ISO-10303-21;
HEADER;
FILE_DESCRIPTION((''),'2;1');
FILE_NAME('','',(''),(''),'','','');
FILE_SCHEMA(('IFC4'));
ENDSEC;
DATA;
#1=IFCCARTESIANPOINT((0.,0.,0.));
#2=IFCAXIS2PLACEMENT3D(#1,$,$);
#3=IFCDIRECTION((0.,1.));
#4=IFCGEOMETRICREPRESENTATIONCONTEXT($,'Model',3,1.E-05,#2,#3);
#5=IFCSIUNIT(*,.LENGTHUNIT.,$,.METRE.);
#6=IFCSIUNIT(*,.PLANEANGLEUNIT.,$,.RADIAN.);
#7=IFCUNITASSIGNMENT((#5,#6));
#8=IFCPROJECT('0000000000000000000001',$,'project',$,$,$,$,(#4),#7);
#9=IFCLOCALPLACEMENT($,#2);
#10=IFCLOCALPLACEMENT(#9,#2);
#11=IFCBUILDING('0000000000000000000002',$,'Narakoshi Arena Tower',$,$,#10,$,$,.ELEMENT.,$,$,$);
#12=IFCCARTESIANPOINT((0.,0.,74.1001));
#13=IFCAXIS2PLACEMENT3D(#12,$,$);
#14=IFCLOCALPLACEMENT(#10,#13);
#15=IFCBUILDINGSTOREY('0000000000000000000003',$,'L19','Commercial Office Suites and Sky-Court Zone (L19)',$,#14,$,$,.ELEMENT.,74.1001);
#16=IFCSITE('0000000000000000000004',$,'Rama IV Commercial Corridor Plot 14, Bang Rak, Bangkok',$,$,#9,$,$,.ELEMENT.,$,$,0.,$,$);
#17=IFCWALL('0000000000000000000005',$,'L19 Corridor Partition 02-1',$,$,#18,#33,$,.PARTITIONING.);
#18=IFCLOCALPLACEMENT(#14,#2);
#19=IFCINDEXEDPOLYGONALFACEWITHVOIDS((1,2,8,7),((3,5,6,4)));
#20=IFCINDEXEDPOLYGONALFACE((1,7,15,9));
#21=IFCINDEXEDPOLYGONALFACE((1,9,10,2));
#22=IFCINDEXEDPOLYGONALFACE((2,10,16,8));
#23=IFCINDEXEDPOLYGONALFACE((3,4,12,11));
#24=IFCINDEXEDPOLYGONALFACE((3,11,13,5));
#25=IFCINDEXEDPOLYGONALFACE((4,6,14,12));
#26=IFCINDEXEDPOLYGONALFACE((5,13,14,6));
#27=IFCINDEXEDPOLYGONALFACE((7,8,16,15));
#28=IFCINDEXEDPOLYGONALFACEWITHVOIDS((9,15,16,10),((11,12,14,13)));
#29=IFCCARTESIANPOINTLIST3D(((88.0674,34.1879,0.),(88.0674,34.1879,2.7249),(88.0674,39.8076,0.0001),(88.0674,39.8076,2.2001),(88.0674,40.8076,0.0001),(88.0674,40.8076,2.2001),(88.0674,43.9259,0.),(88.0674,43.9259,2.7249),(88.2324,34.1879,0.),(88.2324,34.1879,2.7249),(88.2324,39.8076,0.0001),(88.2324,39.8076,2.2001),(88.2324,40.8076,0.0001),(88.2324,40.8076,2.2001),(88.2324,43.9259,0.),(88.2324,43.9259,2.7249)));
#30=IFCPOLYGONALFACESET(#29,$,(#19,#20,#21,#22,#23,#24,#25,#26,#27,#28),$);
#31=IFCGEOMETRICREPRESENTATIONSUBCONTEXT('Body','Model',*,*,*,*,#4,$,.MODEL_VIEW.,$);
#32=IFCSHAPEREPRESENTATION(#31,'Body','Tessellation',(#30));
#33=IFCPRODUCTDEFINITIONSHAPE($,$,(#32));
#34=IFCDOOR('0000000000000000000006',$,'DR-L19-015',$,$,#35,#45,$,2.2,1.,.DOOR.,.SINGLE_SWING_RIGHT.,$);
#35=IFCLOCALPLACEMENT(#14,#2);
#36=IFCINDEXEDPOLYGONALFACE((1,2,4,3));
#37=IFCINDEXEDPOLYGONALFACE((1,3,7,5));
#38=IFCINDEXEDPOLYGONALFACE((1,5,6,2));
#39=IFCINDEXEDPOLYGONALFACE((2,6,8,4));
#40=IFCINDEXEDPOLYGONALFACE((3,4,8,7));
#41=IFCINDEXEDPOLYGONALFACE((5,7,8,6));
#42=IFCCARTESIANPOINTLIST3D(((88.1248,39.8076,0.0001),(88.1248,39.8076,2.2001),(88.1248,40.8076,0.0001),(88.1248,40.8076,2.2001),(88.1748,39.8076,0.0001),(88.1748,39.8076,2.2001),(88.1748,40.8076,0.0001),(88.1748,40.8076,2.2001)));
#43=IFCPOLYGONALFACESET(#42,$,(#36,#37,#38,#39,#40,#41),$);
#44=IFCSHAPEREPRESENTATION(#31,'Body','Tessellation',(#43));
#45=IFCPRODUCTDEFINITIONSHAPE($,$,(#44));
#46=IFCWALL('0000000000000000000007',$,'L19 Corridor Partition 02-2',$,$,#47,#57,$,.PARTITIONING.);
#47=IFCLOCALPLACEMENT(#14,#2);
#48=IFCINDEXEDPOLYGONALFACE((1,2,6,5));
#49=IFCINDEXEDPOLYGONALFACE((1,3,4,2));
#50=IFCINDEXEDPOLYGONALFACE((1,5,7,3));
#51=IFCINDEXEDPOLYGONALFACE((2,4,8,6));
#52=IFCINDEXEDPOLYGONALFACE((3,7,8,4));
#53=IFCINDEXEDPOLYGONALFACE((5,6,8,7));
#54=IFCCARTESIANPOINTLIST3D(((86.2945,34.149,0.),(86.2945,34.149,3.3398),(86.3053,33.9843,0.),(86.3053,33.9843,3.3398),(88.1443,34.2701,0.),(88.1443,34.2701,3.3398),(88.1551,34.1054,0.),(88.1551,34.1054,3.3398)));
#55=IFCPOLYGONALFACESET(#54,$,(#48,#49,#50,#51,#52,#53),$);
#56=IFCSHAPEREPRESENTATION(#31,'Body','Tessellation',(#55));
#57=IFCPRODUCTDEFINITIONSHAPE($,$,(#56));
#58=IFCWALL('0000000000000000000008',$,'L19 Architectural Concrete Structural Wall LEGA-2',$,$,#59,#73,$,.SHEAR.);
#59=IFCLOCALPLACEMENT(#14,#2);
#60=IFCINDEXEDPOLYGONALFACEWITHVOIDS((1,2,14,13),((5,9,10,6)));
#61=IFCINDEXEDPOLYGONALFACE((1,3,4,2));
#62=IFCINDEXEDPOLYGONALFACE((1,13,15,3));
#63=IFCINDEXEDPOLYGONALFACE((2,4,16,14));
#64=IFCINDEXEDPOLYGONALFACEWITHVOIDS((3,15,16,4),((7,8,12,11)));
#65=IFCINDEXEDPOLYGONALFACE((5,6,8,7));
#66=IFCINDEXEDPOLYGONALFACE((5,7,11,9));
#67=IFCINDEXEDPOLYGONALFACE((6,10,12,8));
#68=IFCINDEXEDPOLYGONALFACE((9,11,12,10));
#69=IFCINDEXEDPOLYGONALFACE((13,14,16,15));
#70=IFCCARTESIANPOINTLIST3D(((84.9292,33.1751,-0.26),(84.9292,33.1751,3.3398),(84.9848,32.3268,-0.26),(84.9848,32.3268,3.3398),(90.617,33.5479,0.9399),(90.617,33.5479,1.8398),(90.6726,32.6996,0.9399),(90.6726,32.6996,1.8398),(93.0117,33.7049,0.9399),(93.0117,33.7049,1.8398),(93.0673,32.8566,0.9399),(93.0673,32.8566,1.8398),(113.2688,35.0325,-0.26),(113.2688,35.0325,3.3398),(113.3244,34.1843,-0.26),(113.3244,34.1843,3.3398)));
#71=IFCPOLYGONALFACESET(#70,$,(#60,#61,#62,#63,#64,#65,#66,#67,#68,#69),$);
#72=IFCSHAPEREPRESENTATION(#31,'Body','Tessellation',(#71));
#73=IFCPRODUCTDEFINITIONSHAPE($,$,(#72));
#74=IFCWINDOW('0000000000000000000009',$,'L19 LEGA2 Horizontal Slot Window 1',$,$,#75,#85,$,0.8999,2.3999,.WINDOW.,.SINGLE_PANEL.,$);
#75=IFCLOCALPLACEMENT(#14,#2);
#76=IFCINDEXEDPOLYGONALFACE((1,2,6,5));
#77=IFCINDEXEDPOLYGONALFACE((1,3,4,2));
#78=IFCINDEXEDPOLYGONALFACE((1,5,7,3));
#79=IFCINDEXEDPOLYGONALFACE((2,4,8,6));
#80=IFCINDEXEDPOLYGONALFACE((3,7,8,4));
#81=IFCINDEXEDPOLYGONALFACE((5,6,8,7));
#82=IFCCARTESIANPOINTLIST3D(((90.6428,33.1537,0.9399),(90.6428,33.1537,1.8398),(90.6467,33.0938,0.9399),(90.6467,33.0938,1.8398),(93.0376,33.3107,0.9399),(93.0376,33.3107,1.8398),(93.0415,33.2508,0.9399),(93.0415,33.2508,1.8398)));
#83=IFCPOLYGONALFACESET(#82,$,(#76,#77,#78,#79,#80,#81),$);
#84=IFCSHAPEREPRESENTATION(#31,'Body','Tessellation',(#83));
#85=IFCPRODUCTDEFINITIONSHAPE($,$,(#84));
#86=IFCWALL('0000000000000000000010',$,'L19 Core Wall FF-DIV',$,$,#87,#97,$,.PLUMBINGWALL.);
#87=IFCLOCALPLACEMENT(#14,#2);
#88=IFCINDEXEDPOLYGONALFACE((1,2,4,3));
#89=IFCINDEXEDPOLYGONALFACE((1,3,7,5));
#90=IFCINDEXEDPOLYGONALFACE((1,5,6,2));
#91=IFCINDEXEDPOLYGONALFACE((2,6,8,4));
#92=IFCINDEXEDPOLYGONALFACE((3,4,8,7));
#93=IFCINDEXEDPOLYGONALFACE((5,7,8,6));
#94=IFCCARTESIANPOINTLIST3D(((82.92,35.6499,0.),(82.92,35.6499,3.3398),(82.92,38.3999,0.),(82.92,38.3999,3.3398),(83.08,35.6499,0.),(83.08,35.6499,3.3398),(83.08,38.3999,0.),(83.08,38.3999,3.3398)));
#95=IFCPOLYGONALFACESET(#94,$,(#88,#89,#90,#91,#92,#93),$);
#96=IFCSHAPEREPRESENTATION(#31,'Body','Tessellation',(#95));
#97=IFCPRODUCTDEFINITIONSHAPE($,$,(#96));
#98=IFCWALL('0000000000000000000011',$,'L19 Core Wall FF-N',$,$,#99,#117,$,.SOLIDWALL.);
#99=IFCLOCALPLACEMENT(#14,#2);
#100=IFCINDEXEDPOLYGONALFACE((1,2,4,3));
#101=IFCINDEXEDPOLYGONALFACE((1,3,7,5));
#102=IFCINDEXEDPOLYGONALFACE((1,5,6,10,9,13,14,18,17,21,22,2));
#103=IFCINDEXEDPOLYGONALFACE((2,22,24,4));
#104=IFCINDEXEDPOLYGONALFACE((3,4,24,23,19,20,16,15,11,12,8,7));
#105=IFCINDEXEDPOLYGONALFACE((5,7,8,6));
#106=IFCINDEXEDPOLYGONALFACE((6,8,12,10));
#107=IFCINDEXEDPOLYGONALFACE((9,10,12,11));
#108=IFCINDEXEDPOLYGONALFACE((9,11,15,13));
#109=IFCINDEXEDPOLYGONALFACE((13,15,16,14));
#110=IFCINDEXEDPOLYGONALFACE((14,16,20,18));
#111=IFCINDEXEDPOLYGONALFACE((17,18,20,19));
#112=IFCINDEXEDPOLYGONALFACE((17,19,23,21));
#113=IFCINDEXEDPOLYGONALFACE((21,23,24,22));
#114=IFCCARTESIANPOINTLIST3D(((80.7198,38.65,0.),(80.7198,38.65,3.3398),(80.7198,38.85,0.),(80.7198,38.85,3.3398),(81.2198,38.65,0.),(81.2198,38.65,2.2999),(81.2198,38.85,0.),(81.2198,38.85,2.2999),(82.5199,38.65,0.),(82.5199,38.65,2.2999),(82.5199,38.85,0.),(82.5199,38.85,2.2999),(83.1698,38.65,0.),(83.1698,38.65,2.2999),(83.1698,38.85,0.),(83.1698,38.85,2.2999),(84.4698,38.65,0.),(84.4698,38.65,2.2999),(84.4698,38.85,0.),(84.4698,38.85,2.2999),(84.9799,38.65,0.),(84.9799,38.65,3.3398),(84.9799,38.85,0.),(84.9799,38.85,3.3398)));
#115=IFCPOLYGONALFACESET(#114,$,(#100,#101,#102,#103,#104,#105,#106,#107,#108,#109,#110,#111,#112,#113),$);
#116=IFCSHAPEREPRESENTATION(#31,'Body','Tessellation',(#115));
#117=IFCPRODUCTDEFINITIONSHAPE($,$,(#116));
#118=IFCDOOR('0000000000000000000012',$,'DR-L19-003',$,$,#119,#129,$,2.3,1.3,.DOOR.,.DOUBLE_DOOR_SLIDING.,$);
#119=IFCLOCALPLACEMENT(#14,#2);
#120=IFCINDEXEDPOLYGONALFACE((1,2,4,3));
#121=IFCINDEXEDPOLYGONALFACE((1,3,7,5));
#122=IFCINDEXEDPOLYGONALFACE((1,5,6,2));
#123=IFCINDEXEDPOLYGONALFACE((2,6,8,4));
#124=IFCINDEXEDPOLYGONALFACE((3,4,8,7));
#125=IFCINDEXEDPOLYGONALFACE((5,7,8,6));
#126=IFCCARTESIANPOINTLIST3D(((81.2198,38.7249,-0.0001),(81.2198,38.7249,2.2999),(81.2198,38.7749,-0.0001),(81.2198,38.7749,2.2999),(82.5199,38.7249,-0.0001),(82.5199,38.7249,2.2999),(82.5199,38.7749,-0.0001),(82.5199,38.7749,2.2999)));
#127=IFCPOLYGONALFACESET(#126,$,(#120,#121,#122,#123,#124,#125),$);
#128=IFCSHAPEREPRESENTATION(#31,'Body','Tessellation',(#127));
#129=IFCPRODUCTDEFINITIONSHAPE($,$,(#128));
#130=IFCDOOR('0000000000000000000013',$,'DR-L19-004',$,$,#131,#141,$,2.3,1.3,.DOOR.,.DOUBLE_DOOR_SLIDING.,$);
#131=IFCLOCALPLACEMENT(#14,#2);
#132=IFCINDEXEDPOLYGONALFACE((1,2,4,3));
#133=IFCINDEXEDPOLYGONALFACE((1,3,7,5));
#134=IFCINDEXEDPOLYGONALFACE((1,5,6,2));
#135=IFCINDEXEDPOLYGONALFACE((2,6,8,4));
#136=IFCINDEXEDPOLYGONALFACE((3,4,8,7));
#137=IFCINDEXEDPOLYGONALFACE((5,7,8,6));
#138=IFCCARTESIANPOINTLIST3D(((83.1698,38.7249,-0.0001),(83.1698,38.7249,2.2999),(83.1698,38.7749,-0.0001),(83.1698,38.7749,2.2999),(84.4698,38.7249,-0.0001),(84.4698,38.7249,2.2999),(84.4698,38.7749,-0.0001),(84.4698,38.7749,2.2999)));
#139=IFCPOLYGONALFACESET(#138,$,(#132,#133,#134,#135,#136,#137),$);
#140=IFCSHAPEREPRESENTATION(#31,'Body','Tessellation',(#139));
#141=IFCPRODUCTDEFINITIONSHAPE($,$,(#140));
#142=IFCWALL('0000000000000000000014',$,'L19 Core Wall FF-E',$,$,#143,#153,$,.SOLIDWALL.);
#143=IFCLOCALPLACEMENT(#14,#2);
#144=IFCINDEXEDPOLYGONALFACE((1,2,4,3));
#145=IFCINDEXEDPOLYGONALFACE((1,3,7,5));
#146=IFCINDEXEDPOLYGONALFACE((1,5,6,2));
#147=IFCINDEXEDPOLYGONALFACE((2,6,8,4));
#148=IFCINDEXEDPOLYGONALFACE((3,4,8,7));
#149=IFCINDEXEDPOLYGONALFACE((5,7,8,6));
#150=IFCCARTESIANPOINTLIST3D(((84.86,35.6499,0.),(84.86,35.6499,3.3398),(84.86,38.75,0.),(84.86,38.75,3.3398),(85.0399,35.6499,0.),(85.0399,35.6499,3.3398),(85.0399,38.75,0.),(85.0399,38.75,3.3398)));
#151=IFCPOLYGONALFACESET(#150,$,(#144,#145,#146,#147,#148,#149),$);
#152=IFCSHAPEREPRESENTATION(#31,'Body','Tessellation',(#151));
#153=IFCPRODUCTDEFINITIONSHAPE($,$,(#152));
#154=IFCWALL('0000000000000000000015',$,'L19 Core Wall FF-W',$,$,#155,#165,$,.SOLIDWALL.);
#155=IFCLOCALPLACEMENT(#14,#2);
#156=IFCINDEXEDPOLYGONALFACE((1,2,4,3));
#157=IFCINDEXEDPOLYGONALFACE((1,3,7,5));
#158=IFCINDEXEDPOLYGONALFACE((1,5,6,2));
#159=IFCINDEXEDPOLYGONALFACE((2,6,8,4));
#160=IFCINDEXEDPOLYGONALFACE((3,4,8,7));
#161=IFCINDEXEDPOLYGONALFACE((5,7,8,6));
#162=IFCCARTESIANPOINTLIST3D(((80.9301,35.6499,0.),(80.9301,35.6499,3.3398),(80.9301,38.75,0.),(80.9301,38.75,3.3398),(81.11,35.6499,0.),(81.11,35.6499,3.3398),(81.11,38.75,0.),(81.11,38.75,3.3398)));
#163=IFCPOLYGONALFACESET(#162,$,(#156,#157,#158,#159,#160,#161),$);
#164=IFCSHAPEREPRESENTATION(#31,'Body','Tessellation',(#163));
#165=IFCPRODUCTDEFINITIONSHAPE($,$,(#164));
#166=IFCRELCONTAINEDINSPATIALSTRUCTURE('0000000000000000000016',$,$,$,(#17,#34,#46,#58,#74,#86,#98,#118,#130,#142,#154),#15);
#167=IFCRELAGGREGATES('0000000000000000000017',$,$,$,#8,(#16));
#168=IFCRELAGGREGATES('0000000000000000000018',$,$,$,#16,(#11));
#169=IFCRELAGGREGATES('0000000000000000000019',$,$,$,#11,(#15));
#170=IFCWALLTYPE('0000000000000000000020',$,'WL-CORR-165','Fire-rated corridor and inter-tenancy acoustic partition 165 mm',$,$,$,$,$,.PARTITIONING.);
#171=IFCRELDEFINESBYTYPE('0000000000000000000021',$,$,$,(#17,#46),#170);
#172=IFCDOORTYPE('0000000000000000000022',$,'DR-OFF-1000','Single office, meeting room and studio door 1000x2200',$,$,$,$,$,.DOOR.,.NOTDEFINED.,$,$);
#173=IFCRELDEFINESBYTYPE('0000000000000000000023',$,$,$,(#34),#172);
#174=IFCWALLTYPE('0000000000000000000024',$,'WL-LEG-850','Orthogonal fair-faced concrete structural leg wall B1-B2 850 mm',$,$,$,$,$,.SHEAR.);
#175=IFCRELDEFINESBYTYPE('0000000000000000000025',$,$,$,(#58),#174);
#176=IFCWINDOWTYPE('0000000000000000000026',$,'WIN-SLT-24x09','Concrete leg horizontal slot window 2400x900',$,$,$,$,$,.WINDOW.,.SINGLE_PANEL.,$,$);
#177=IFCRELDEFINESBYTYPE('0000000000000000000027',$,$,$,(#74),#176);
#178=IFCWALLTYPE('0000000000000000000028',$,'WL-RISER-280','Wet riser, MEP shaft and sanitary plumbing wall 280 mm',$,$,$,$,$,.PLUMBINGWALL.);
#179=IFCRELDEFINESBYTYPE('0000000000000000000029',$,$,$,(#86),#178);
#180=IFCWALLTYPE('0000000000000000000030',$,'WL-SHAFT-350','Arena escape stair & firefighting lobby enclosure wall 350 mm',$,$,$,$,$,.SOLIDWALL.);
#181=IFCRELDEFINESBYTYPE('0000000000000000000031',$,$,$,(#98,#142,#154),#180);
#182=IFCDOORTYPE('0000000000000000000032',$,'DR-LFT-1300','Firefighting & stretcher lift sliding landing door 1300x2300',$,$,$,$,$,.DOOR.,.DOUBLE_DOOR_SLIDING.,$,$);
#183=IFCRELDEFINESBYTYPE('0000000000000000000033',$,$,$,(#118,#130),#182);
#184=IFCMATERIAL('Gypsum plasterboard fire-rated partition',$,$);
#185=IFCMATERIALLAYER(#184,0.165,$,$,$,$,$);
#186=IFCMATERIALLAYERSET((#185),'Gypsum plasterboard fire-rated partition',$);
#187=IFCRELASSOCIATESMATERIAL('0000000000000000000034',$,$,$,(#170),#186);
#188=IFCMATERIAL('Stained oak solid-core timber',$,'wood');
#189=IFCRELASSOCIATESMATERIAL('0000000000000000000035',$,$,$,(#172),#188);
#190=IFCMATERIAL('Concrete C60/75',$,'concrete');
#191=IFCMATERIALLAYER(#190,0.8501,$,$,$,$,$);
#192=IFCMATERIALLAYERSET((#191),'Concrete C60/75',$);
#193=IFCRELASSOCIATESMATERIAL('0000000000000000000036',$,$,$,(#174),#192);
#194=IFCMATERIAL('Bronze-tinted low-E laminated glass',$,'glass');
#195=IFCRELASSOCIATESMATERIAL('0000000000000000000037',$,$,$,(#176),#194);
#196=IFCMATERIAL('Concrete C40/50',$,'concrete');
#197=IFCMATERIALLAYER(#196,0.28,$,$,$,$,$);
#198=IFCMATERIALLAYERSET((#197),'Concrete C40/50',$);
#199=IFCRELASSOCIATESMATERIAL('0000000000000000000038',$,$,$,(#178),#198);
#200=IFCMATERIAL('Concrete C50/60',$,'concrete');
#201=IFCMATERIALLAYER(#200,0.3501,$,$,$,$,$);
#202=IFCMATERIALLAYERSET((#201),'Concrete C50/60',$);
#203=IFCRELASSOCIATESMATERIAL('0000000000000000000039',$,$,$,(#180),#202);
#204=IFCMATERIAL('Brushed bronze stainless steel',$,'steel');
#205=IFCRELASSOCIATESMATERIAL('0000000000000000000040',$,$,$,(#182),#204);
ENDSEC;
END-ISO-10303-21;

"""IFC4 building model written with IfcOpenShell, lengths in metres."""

from ifc_helpers import new_model, si_unit, direction, frame, frame_2d, origin, place, context, subcontext, project, spatial, rectangle, extrude, material, layer, layer_set, type_object, element, fill, save


model = new_model("IFC4")

# Units and contexts
model_context = context("Model", 3, precision=1e-05, world=origin(), true_north=direction((0.0, 1.0)))
body_context = subcontext(model_context, "Body", "Model", "MODEL_VIEW")
ifc_project = project(units=[si_unit("LENGTHUNIT", "METRE"), si_unit("PLANEANGLEUNIT", "RADIAN")], contexts=[model_context])

# Site, building, storey
site_placement = place(None, origin())
site = spatial("IfcSite", under=ifc_project, at=site_placement, Name="Rama IV Commercial Corridor Plot 14, Bang Rak, Bangkok", CompositionType="ELEMENT", RefElevation=0.0)
building_placement = place(site_placement, origin())
building = spatial("IfcBuilding", under=site, at=building_placement, Name="Narakoshi Arena Tower", CompositionType="ELEMENT")
storey_placement = place(building_placement, frame((0.0, 0.0, 74.1001)))
storey = spatial("IfcBuildingStorey", under=building, at=storey_placement, Name="L19", Description="Commercial Office Suites and Sky-Court Zone (L19)", CompositionType="ELEMENT", Elevation=74.1001)

# Shared definitions
ifc_material_1 = material(Name="Concrete C60/75", Category="concrete")

# Wall, opening, door
ifc_material_2 = material(Name="Gypsum plasterboard fire-rated partition")
ifc_layer_1 = layer(ifc_material_2, 0.165)
ifc_layer_set_1 = layer_set([ifc_layer_1], Name="Gypsum plasterboard fire-rated partition")
wall_type_1 = type_object("IfcWallType", Name="WL-CORR-165", Description="Fire-rated corridor and inter-tenancy acoustic partition 165 mm", PredefinedType="PARTITIONING", material=ifc_layer_set_1)
wall_1_placement = place(storey_placement, frame((88.1499, 34.1877, 0.0), z_axis=(0.0, 0.0, 1.0), x_axis=(0.0, 1.0, 0.0)))
wall_1 = element("IfcWall", 1, at=wall_1_placement, inside=storey, type_object=wall_type_1, Name="L19 Corridor Partition 02-1", PredefinedType="PARTITIONING", context=body_context, shape_type="SweptSolid", body=[
    extrude(rectangle(XDim=9.738, YDim=0.165, at=frame_2d((4.8691, 0.0))), origin(), (0.0, 0.0, 1.0), 2.7249),
])
opening_1_placement = place(wall_1_placement, frame((5.6199, 0.0, 0.0)))
opening_1 = element("IfcOpeningElement", 2, at=opening_1_placement, cuts=wall_1, PredefinedType="OPENING", context=body_context, shape_type="SweptSolid", body=[
    extrude(rectangle(XDim=1.0, YDim=2.2, at=frame_2d((0.5, 1.1001))), frame((0.0, 0.0925, 0.0), z_axis=(0.0, -1.0, 0.0), x_axis=(1.0, 0.0, 0.0)), (0.0, 0.0, 1.0), 0.1851),
])
ifc_material_3 = material(Name="Stained oak solid-core timber", Category="wood")
door_type_1 = type_object("IfcDoorType", Name="DR-OFF-1000", Description="Single office, meeting room and studio door 1000x2200", OperationType="NOTDEFINED", PredefinedType="DOOR", material=ifc_material_3)
door_1_placement = place(opening_1_placement, frame((1.0, 0.0, 0.0), z_axis=(0.0, 0.0, 1.0), x_axis=(-1.0, 0.0, 0.0)))
door_1 = element("IfcDoor", 3, at=door_1_placement, inside=storey, type_object=door_type_1, Name="DR-L19-015", OperationType="SINGLE_SWING_RIGHT", OverallHeight=2.2, OverallWidth=1.0, PredefinedType="DOOR", context=body_context, shape_type="SweptSolid", body=[
    extrude(rectangle(XDim=1.0, YDim=2.2, at=frame_2d((0.5, 1.1001))), frame((0.0, 0.0249, 0.0), z_axis=(0.0, -1.0, 0.0), x_axis=(1.0, 0.0, 0.0)), (0.0, 0.0, 1.0), 0.05),
])
fill(opening_1, door_1)

# Wall
wall_2_placement = place(storey_placement, frame((86.3, 34.0667, 0.0), z_axis=(0.0, 0.0, 1.0), x_axis=(0.997864, 0.065321, 0.0)))
element("IfcWall", 4, at=wall_2_placement, inside=storey, type_object=wall_type_1, Name="L19 Corridor Partition 02-2", PredefinedType="PARTITIONING", context=body_context, shape_type="SweptSolid", body=[
    extrude(rectangle(XDim=1.8538, YDim=0.165, at=frame_2d((0.9268, 0.0))), origin(), (0.0, 0.0, 1.0), 3.3398),
])

# Wall, opening, window
ifc_layer_2 = layer(ifc_material_1, 0.8501)
ifc_layer_set_2 = layer_set([ifc_layer_2], Name="Concrete C60/75")
wall_type_2 = type_object("IfcWallType", Name="WL-LEG-850", Description="Orthogonal fair-faced concrete structural leg wall B1-B2 850 mm", PredefinedType="SHEAR", material=ifc_layer_set_2)
wall_3_placement = place(storey_placement, frame((84.957, 32.751, -0.26), z_axis=(0.0, 0.0, 1.0), x_axis=(0.997859, 0.065401, 0.0)))
wall_3 = element("IfcWall", 5, at=wall_3_placement, inside=storey, type_object=wall_type_2, Name="L19 Architectural Concrete Structural Wall LEGA-2", PredefinedType="SHEAR", context=body_context, shape_type="SweptSolid", body=[
    extrude(rectangle(XDim=28.4004, YDim=0.8501, at=frame_2d((14.2002, 0.0))), origin(), (0.0, 0.0, 1.0), 3.5999),
])
opening_2_placement = place(wall_3_placement, frame((5.7, 0.0, 1.2)))
opening_2 = element("IfcOpeningElement", 6, at=opening_2_placement, cuts=wall_3, PredefinedType="OPENING", context=body_context, shape_type="SweptSolid", body=[
    extrude(rectangle(XDim=2.3999, YDim=0.8999, at=frame_2d((1.2, 0.45))), frame((0.0, 0.4351, 0.0), z_axis=(0.0, -1.0, 0.0), x_axis=(1.0, 0.0, 0.0)), (0.0, 0.0, 1.0), 0.8701),
])
ifc_material_4 = material(Name="Bronze-tinted low-E laminated glass", Category="glass")
window_type = type_object("IfcWindowType", Name="WIN-SLT-24x09", Description="Concrete leg horizontal slot window 2400x900", PartitioningType="SINGLE_PANEL", PredefinedType="WINDOW", material=ifc_material_4)
window_placement = place(opening_2_placement, origin())
window = element("IfcWindow", 7, at=window_placement, inside=storey, type_object=window_type, Name="L19 LEGA2 Horizontal Slot Window 1", OverallHeight=0.8999, OverallWidth=2.3999, PartitioningType="SINGLE_PANEL", PredefinedType="WINDOW", context=body_context, shape_type="SweptSolid", body=[
    extrude(rectangle(XDim=2.3999, YDim=0.8999, at=frame_2d((1.2, 0.45))), frame((0.0, 0.03, 0.0), z_axis=(0.0, -1.0, 0.0), x_axis=(1.0, 0.0, 0.0)), (0.0, 0.0, 1.0), 0.0601),
])
fill(opening_2, window)

# Wall
ifc_material_5 = material(Name="Concrete C40/50", Category="concrete")
ifc_layer_3 = layer(ifc_material_5, 0.28)
ifc_layer_set_3 = layer_set([ifc_layer_3], Name="Concrete C40/50")
wall_type_3 = type_object("IfcWallType", Name="WL-RISER-280", Description="Wet riser, MEP shaft and sanitary plumbing wall 280 mm", PredefinedType="PLUMBINGWALL", material=ifc_layer_set_3)
wall_4_placement = place(storey_placement, frame((83.0, 35.6499, 0.0), z_axis=(0.0, 0.0, 1.0), x_axis=(0.0, 1.0, 0.0)))
element("IfcWall", 8, at=wall_4_placement, inside=storey, type_object=wall_type_3, Name="L19 Core Wall FF-DIV", PredefinedType="PLUMBINGWALL", context=body_context, shape_type="SweptSolid", body=[
    extrude(rectangle(XDim=2.75, YDim=0.1599, at=frame_2d((1.375, 0.0))), origin(), (0.0, 0.0, 1.0), 3.3398),
])

# Wall, openings, doors
ifc_material_6 = material(Name="Concrete C50/60", Category="concrete")
ifc_layer_4 = layer(ifc_material_6, 0.3501)
ifc_layer_set_4 = layer_set([ifc_layer_4], Name="Concrete C50/60")
wall_type_4 = type_object("IfcWallType", Name="WL-SHAFT-350", Description="Arena escape stair & firefighting lobby enclosure wall 350 mm", PredefinedType="SOLIDWALL", material=ifc_layer_set_4)
wall_5_placement = place(storey_placement, frame((80.72, 38.75, 0.0), z_axis=(0.0, 0.0, 1.0), x_axis=(1.0, 0.0, 0.0)))
wall_5 = element("IfcWall", 9, at=wall_5_placement, inside=storey, type_object=wall_type_4, Name="L19 Core Wall FF-N", PredefinedType="SOLIDWALL", context=body_context, shape_type="SweptSolid", body=[
    extrude(rectangle(XDim=4.26, YDim=0.2, at=frame_2d((2.1299, 0.0))), origin(), (0.0, 0.0, 1.0), 3.3398),
])
opening_3_placement = place(wall_5_placement, frame((0.5, 0.0, 0.0)))
opening_3 = element("IfcOpeningElement", 10, at=opening_3_placement, cuts=wall_5, PredefinedType="OPENING", context=body_context, shape_type="SweptSolid", body=[
    extrude(rectangle(XDim=1.3, YDim=2.3, at=frame_2d((0.6499, 1.1499))), frame((0.0, 0.1099, 0.0), z_axis=(0.0, -1.0, 0.0), x_axis=(1.0, 0.0, 0.0)), (0.0, 0.0, 1.0), 0.22),
])
opening_4_placement = place(wall_5_placement, frame((2.45, 0.0, 0.0)))
opening_4 = element("IfcOpeningElement", 11, at=opening_4_placement, cuts=wall_5, PredefinedType="OPENING", context=body_context, shape_type="SweptSolid", body=[
    extrude(rectangle(XDim=1.3, YDim=2.3, at=frame_2d((0.6499, 1.1499))), frame((0.0, 0.1099, 0.0), z_axis=(0.0, -1.0, 0.0), x_axis=(1.0, 0.0, 0.0)), (0.0, 0.0, 1.0), 0.22),
])
ifc_material_7 = material(Name="Brushed bronze stainless steel", Category="steel")
door_type_2 = type_object("IfcDoorType", Name="DR-LFT-1300", Description="Firefighting & stretcher lift sliding landing door 1300x2300", OperationType="DOUBLE_DOOR_SLIDING", PredefinedType="DOOR", material=ifc_material_7)
door_2_placement = place(opening_3_placement, origin())
door_2 = element("IfcDoor", 12, at=door_2_placement, inside=storey, type_object=door_type_2, Name="DR-L19-003", OperationType="DOUBLE_DOOR_SLIDING", OverallHeight=2.3, OverallWidth=1.3, PredefinedType="DOOR", context=body_context, shape_type="SweptSolid", body=[
    extrude(rectangle(XDim=1.3, YDim=2.3, at=frame_2d((0.6499, 1.1499))), frame((0.0, 0.0249, 0.0), z_axis=(0.0, -1.0, 0.0), x_axis=(1.0, 0.0, 0.0)), (0.0, 0.0, 1.0), 0.05),
])
fill(opening_3, door_2)
door_3_placement = place(opening_4_placement, origin())
door_3 = element("IfcDoor", 13, at=door_3_placement, inside=storey, type_object=door_type_2, Name="DR-L19-004", OperationType="DOUBLE_DOOR_SLIDING", OverallHeight=2.3, OverallWidth=1.3, PredefinedType="DOOR", context=body_context, shape_type="SweptSolid", body=[
    extrude(rectangle(XDim=1.3, YDim=2.3, at=frame_2d((0.6499, 1.1499))), frame((0.0, 0.0249, 0.0), z_axis=(0.0, -1.0, 0.0), x_axis=(1.0, 0.0, 0.0)), (0.0, 0.0, 1.0), 0.05),
])
fill(opening_4, door_3)

# Walls
for number, where, z_axis, x_axis, name in (
    (14, (84.95, 35.6499, 0.0), (0.0, 0.0, 1.0), (0.0, 1.0, 0.0), "L19 Core Wall FF-E"),
    (15, (81.02, 35.6499, 0.0), (0.0, 0.0, 1.0), (0.0, 1.0, 0.0), "L19 Core Wall FF-W"),
):
    element("IfcWall", number, at=place(storey_placement, frame(where, z_axis=z_axis, x_axis=x_axis)), inside=storey, type_object=wall_type_4, Name=name, PredefinedType="SOLIDWALL", context=body_context, shape_type="SweptSolid", body=[
        extrude(rectangle(XDim=3.1001, YDim=0.1799, at=frame_2d((1.55, 0.0))), origin(), (0.0, 0.0, 1.0), 3.3398),
    ])

save(model, "model.ifc")
